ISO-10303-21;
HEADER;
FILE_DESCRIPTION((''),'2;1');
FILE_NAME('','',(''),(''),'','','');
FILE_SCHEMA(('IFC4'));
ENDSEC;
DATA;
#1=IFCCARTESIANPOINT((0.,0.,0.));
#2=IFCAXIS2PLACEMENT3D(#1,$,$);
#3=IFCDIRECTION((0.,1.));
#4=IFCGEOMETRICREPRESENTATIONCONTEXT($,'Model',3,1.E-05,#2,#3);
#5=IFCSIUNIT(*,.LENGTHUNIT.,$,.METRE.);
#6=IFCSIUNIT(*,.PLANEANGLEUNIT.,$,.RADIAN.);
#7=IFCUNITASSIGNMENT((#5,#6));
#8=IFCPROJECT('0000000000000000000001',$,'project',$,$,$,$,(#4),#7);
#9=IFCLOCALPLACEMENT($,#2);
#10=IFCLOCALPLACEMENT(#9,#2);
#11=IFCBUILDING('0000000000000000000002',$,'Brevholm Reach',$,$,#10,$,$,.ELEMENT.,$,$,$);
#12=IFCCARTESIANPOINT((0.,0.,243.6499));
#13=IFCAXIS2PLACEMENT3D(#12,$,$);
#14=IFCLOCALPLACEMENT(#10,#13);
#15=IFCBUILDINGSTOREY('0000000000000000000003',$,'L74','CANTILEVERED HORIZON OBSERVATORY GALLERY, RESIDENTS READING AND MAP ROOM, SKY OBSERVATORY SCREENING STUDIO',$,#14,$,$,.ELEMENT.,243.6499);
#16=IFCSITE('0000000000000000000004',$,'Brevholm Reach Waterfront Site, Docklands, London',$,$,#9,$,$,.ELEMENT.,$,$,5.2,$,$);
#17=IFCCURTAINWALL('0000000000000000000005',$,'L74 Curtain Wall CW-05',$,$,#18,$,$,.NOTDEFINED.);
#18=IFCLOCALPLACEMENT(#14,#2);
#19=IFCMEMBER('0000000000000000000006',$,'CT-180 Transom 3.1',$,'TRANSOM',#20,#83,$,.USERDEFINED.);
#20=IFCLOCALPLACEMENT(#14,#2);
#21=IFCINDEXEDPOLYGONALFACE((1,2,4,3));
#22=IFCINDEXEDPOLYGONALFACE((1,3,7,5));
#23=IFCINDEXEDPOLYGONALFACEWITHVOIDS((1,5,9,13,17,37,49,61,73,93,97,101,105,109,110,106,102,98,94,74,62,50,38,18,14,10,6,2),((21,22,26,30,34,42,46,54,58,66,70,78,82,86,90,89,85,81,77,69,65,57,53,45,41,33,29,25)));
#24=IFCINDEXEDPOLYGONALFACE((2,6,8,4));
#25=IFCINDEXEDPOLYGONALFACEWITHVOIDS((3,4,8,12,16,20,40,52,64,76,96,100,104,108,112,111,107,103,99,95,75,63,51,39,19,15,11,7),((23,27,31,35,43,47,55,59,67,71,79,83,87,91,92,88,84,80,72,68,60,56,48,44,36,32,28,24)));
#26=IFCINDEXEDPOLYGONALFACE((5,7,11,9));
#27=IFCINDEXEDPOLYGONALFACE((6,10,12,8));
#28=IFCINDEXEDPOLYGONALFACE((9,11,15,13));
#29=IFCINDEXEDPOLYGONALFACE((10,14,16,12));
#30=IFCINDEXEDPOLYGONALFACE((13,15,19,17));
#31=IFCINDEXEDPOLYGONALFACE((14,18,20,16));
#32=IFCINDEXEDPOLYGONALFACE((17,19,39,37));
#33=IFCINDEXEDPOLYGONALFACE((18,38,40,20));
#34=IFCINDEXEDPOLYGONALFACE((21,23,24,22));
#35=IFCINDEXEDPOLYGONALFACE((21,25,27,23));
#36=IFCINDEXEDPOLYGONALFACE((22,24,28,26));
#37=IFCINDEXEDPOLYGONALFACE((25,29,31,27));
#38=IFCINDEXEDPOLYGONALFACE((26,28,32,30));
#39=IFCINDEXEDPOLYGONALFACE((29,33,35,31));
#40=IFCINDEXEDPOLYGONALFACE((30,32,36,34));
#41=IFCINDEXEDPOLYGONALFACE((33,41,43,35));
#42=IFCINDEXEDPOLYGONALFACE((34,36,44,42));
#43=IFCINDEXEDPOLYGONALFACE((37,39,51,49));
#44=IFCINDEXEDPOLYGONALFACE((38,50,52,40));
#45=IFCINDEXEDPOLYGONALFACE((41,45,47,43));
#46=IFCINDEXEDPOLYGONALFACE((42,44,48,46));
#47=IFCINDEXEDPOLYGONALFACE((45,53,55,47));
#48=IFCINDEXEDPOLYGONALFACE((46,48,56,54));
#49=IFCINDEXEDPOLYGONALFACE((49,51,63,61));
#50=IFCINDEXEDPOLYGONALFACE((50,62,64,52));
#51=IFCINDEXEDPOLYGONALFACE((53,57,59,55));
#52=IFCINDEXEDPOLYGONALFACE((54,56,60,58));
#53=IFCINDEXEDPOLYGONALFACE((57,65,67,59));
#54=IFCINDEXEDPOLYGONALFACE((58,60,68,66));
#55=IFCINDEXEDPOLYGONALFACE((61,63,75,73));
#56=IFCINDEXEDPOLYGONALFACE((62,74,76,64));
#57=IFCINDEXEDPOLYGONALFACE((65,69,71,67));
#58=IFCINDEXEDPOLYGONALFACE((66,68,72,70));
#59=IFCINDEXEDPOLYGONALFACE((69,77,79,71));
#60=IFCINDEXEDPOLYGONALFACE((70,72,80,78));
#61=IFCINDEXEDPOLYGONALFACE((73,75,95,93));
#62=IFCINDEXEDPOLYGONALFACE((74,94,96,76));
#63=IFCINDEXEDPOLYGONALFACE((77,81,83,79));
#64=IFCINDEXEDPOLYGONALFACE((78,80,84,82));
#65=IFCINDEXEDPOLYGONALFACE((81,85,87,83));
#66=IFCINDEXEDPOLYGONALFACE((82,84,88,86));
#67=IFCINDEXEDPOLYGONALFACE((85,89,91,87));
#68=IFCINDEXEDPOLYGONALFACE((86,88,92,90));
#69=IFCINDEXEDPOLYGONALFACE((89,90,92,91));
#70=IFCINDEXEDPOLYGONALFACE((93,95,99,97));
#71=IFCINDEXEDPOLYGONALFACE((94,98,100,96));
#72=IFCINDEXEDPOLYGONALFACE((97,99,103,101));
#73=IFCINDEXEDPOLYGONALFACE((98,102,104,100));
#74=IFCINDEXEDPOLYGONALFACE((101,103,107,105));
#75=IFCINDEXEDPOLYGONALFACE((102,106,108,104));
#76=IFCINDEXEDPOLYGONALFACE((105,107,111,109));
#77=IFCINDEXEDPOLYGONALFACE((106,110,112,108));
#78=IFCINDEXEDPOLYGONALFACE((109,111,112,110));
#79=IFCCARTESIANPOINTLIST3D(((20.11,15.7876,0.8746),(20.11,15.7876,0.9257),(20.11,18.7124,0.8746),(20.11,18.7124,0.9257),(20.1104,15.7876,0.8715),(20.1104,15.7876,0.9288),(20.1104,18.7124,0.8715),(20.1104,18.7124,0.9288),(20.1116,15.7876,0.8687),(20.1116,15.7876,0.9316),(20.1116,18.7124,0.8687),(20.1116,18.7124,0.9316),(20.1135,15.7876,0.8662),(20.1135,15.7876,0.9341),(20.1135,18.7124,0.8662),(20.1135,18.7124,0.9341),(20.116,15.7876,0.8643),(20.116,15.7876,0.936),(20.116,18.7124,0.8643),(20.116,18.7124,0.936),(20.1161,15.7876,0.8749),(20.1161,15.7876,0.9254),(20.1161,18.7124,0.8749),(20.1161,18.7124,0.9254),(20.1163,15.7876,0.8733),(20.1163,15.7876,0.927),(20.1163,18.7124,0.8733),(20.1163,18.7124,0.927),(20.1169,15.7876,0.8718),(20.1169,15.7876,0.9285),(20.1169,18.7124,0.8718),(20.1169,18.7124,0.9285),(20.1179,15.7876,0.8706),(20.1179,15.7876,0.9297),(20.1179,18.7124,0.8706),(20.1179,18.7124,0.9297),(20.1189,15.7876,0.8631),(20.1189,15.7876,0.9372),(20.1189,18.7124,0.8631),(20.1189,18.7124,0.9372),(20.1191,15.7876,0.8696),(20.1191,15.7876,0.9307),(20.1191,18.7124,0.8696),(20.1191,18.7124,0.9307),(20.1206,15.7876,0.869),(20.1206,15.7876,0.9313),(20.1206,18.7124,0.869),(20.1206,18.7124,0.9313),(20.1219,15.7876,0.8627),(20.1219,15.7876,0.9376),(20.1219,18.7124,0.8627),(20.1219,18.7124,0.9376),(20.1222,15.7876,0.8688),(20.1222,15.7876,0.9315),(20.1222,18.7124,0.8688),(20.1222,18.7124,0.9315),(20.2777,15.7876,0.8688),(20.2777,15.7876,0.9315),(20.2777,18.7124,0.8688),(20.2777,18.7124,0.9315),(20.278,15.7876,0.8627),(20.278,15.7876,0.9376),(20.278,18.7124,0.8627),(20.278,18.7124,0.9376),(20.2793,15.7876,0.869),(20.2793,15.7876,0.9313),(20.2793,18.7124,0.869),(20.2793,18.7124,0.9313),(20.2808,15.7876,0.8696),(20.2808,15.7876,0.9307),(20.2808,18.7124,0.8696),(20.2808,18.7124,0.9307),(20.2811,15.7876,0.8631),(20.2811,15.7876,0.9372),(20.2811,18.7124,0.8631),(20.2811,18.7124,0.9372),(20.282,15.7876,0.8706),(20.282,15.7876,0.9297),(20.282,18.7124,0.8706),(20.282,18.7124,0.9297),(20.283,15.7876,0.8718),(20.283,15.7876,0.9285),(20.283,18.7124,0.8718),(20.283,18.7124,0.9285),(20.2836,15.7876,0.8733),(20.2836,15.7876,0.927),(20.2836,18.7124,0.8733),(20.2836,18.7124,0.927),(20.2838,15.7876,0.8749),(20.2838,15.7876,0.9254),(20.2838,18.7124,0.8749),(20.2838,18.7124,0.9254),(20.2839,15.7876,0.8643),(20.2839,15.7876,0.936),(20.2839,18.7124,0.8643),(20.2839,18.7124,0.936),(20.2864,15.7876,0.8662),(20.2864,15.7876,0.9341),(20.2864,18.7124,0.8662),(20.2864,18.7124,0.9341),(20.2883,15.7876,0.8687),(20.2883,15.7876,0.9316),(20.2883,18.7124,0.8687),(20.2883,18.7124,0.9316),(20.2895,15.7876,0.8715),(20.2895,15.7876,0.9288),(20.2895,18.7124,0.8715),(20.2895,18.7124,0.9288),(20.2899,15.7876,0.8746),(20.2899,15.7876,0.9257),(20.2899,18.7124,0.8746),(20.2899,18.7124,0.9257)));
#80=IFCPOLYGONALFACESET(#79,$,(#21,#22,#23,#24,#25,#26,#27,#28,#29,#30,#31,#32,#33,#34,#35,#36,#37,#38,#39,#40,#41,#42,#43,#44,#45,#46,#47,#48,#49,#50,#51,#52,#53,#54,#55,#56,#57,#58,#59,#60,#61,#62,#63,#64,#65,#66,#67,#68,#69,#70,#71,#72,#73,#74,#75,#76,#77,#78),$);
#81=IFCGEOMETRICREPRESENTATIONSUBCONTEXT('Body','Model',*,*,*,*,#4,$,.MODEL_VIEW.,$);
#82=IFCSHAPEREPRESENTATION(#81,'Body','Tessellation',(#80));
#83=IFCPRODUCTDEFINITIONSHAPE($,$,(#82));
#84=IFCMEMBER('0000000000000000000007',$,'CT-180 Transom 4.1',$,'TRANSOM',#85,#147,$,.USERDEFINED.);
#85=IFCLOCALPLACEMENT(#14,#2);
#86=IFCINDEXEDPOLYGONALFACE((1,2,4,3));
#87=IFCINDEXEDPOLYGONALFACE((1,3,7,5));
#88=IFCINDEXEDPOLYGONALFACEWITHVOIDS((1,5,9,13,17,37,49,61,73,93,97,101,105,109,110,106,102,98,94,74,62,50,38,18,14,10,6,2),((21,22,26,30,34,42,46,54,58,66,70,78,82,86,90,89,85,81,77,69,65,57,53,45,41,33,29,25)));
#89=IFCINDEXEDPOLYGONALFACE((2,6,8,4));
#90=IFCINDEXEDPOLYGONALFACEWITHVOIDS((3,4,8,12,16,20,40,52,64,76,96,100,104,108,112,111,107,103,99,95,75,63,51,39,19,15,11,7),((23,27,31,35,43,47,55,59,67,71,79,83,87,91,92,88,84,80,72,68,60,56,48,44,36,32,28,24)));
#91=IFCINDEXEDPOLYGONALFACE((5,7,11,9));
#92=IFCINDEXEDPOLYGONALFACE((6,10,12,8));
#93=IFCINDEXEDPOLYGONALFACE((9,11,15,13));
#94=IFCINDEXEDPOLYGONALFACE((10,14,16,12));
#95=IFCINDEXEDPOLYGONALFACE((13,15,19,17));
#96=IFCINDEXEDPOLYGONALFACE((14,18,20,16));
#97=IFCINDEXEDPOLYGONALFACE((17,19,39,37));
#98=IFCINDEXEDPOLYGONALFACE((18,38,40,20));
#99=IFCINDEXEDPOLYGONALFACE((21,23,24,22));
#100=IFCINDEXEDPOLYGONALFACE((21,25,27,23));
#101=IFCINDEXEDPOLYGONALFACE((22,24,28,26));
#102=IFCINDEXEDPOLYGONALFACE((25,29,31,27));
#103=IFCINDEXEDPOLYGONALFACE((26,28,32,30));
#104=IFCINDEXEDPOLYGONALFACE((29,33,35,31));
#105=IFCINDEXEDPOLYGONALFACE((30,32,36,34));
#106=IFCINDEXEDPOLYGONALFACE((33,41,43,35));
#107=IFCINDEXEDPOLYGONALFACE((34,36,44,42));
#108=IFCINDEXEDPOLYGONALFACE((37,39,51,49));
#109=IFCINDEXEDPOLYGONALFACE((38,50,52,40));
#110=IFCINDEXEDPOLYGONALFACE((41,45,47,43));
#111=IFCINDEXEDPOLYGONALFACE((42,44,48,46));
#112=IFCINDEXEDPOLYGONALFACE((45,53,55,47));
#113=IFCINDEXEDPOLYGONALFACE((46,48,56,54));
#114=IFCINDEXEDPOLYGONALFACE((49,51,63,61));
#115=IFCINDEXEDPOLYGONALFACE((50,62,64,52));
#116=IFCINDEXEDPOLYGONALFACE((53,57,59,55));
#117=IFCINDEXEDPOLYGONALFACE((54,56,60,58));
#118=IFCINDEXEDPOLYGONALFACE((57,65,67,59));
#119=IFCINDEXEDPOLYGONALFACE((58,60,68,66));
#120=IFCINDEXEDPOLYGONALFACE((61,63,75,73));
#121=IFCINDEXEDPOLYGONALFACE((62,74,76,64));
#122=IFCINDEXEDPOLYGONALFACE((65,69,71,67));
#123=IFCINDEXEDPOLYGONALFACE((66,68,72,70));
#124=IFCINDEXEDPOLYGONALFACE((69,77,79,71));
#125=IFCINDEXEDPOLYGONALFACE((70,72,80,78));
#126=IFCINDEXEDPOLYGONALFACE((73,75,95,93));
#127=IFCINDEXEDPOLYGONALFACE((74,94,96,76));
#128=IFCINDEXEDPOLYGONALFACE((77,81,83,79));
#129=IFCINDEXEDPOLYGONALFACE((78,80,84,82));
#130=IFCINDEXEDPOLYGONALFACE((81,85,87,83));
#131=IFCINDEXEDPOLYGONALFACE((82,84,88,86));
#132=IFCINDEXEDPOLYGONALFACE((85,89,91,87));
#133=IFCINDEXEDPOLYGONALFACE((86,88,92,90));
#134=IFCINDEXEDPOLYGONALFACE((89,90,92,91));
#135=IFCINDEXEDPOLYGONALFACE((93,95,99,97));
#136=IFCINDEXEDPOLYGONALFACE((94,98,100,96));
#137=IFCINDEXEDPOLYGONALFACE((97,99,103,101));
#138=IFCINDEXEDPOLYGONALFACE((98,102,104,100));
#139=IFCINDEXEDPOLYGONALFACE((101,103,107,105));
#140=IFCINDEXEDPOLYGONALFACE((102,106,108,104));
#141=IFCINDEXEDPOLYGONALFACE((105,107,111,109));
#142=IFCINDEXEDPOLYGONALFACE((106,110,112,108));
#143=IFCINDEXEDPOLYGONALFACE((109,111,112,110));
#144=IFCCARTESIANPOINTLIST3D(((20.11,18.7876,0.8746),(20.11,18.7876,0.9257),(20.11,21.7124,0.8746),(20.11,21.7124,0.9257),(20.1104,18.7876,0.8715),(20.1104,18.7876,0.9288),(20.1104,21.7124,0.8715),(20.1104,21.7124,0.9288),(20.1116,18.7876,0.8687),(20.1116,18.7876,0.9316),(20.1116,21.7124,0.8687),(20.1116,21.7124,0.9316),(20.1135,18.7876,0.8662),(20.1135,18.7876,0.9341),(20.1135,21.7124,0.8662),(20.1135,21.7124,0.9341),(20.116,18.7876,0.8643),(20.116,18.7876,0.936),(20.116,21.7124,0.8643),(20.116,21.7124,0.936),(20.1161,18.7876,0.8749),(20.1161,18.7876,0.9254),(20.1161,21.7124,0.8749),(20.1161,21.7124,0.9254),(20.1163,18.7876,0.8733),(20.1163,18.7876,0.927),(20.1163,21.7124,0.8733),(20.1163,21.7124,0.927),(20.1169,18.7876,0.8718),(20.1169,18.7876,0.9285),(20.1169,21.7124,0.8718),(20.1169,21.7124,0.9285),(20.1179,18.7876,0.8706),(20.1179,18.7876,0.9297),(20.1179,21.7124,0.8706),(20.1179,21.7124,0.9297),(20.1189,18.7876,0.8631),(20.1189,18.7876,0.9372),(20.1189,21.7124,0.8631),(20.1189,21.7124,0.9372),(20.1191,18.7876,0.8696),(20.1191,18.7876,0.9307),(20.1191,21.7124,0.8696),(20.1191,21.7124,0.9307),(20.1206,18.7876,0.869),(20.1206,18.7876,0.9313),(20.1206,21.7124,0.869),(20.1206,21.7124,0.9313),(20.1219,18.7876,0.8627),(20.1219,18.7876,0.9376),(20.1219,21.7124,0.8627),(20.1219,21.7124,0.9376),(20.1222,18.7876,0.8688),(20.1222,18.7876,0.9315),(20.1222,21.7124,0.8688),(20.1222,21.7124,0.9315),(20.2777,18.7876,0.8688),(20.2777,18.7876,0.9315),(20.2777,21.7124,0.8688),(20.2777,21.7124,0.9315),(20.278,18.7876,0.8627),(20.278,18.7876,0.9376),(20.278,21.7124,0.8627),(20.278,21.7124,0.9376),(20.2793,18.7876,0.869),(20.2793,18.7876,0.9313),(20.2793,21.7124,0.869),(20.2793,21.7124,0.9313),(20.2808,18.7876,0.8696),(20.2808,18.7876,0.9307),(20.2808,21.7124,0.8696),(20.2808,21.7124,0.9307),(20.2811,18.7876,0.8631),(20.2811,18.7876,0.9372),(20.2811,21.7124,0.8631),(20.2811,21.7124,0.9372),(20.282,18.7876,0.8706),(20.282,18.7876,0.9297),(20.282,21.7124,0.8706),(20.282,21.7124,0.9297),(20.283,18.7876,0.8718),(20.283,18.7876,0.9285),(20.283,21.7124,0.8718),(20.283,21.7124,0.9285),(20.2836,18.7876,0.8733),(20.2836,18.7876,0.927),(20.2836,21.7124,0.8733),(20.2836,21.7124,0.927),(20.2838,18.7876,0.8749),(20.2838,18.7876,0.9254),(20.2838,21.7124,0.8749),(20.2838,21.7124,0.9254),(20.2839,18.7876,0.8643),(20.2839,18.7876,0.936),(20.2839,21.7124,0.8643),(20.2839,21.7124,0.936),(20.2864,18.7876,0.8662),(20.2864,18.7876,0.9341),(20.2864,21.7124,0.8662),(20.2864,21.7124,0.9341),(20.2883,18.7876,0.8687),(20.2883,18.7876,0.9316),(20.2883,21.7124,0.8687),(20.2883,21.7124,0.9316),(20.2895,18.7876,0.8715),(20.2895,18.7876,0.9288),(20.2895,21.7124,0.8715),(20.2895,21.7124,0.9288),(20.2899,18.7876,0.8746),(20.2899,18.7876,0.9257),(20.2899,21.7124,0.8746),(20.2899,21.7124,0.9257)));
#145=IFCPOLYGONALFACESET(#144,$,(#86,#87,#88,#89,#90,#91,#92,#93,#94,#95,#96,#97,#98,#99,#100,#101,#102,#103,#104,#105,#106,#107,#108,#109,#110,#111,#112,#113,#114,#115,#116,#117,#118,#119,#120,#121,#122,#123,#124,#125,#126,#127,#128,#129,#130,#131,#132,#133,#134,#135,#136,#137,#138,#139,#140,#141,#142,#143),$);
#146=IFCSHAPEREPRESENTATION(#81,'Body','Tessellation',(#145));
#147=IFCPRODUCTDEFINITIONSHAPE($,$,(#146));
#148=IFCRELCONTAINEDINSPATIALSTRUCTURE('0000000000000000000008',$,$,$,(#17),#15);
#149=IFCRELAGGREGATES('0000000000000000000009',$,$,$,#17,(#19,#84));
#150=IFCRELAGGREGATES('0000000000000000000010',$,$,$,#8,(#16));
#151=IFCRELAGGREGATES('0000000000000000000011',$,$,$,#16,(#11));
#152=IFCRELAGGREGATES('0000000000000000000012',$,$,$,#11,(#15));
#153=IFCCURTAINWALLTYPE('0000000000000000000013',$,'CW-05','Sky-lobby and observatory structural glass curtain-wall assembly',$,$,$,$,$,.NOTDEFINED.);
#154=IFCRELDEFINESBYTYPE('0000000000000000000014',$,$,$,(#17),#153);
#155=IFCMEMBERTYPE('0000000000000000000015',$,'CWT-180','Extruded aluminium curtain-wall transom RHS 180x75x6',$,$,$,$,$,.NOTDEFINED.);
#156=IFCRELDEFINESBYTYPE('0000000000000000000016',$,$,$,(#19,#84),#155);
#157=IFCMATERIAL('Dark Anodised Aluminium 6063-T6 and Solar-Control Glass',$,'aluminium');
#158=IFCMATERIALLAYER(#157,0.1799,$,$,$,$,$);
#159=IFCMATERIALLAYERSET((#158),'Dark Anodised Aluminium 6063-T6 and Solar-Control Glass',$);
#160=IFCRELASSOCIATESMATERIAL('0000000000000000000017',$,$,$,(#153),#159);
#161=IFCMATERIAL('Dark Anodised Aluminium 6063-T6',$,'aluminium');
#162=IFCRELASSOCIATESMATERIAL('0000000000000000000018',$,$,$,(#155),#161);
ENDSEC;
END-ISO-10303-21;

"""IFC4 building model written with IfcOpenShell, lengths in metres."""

from ifc_helpers import new_model, si_unit, direction, frame, origin, origin_2d, place, context, subcontext, project, spatial, hollow_rectangle, extrude, material, layer, layer_set, material_profile, profile_set, type_object, element, aggregate, save


model = new_model("IFC4")

# Units and contexts
model_context = context("Model", 3, precision=1e-05, world=origin(), true_north=direction((0.0, 1.0)))
body_context = subcontext(model_context, "Body", "Model", "MODEL_VIEW")
ifc_project = project(units=[si_unit("LENGTHUNIT", "METRE"), si_unit("PLANEANGLEUNIT", "RADIAN")], contexts=[model_context])

# Site, building, storey
site_placement = place(None, origin())
site = spatial("IfcSite", under=ifc_project, at=site_placement, Name="Brevholm Reach Waterfront Site, Docklands, London", CompositionType="ELEMENT", RefElevation=5.2)
building_placement = place(site_placement, origin())
building = spatial("IfcBuilding", under=site, at=building_placement, Name="Brevholm Reach", CompositionType="ELEMENT")
storey_placement = place(building_placement, frame((0.0, 0.0, 243.6499)))
storey = spatial("IfcBuildingStorey", under=building, at=storey_placement, Name="L74", Description="CANTILEVERED HORIZON OBSERVATORY GALLERY, RESIDENTS READING AND MAP ROOM, SKY OBSERVATORY SCREENING STUDIO", CompositionType="ELEMENT", Elevation=243.6499)

# Curtain wall, members
ifc_material_1 = material(Name="Dark Anodised Aluminium 6063-T6 and Solar-Control Glass", Category="aluminium")
ifc_layer_1 = layer(ifc_material_1, 0.1799)
ifc_layer_set_1 = layer_set([ifc_layer_1], Name="Dark Anodised Aluminium 6063-T6 and Solar-Control Glass")
curtain_wall_type = type_object("IfcCurtainWallType", Name="CW-05", Description="Sky-lobby and observatory structural glass curtain-wall assembly", PredefinedType="NOTDEFINED", material=ifc_layer_set_1)
curtain_wall_placement = place(storey_placement, origin())
curtain_wall = element("IfcCurtainWall", 1, at=curtain_wall_placement, inside=storey, type_object=curtain_wall_type, Name="L74 Curtain Wall CW-05", PredefinedType="NOTDEFINED")
ifc_material_2 = material(Name="Dark Anodised Aluminium 6063-T6", Category="aluminium")
ifc_material_profile_1 = material_profile(ifc_material_2, hollow_rectangle(XDim=0.075, YDim=0.1799, WallThickness=0.0061, InnerFilletRadius=0.0061, OuterFilletRadius=0.012, at=origin_2d()), Name="RHS 180x75x6")
ifc_profile_set_1 = profile_set([ifc_material_profile_1], Name="Dark Anodised Aluminium 6063-T6")
member_type_1 = type_object("IfcMemberType", Name="CWT-180", Description="Extruded aluminium curtain-wall transom RHS 180x75x6", PredefinedType="NOTDEFINED", material=ifc_profile_set_1)
member_1_placement = place(storey_placement, frame((20.2, 15.7876, 0.9001), z_axis=(0.0, 1.0, 0.0), x_axis=(0.0, 0.0, 1.0)))
member_1 = element("IfcMember", 2, at=member_1_placement, type_object=member_type_1, Name="CT-180 Transom 3.1", ObjectType="TRANSOM", PredefinedType="USERDEFINED", context=body_context, shape_type="SweptSolid", body=[
    extrude(hollow_rectangle(XDim=0.075, YDim=0.1799, WallThickness=0.0061, InnerFilletRadius=0.0061, OuterFilletRadius=0.012, at=origin_2d()), origin(), (0.0, 0.0, 1.0), 2.9248),
])
member_2_placement = place(storey_placement, frame((20.2, 18.7876, 0.9001), z_axis=(0.0, 1.0, 0.0), x_axis=(0.0, 0.0, 1.0)))
member_2 = element("IfcMember", 3, at=member_2_placement, type_object=member_type_1, Name="CT-180 Transom 4.1", ObjectType="TRANSOM", PredefinedType="USERDEFINED", context=body_context, shape_type="SweptSolid", body=[
    extrude(hollow_rectangle(XDim=0.075, YDim=0.1799, WallThickness=0.0061, InnerFilletRadius=0.0061, OuterFilletRadius=0.012, at=origin_2d()), origin(), (0.0, 0.0, 1.0), 2.9248),
])

aggregate(curtain_wall, [member_1, member_2])

save(model, "model.ifc")
